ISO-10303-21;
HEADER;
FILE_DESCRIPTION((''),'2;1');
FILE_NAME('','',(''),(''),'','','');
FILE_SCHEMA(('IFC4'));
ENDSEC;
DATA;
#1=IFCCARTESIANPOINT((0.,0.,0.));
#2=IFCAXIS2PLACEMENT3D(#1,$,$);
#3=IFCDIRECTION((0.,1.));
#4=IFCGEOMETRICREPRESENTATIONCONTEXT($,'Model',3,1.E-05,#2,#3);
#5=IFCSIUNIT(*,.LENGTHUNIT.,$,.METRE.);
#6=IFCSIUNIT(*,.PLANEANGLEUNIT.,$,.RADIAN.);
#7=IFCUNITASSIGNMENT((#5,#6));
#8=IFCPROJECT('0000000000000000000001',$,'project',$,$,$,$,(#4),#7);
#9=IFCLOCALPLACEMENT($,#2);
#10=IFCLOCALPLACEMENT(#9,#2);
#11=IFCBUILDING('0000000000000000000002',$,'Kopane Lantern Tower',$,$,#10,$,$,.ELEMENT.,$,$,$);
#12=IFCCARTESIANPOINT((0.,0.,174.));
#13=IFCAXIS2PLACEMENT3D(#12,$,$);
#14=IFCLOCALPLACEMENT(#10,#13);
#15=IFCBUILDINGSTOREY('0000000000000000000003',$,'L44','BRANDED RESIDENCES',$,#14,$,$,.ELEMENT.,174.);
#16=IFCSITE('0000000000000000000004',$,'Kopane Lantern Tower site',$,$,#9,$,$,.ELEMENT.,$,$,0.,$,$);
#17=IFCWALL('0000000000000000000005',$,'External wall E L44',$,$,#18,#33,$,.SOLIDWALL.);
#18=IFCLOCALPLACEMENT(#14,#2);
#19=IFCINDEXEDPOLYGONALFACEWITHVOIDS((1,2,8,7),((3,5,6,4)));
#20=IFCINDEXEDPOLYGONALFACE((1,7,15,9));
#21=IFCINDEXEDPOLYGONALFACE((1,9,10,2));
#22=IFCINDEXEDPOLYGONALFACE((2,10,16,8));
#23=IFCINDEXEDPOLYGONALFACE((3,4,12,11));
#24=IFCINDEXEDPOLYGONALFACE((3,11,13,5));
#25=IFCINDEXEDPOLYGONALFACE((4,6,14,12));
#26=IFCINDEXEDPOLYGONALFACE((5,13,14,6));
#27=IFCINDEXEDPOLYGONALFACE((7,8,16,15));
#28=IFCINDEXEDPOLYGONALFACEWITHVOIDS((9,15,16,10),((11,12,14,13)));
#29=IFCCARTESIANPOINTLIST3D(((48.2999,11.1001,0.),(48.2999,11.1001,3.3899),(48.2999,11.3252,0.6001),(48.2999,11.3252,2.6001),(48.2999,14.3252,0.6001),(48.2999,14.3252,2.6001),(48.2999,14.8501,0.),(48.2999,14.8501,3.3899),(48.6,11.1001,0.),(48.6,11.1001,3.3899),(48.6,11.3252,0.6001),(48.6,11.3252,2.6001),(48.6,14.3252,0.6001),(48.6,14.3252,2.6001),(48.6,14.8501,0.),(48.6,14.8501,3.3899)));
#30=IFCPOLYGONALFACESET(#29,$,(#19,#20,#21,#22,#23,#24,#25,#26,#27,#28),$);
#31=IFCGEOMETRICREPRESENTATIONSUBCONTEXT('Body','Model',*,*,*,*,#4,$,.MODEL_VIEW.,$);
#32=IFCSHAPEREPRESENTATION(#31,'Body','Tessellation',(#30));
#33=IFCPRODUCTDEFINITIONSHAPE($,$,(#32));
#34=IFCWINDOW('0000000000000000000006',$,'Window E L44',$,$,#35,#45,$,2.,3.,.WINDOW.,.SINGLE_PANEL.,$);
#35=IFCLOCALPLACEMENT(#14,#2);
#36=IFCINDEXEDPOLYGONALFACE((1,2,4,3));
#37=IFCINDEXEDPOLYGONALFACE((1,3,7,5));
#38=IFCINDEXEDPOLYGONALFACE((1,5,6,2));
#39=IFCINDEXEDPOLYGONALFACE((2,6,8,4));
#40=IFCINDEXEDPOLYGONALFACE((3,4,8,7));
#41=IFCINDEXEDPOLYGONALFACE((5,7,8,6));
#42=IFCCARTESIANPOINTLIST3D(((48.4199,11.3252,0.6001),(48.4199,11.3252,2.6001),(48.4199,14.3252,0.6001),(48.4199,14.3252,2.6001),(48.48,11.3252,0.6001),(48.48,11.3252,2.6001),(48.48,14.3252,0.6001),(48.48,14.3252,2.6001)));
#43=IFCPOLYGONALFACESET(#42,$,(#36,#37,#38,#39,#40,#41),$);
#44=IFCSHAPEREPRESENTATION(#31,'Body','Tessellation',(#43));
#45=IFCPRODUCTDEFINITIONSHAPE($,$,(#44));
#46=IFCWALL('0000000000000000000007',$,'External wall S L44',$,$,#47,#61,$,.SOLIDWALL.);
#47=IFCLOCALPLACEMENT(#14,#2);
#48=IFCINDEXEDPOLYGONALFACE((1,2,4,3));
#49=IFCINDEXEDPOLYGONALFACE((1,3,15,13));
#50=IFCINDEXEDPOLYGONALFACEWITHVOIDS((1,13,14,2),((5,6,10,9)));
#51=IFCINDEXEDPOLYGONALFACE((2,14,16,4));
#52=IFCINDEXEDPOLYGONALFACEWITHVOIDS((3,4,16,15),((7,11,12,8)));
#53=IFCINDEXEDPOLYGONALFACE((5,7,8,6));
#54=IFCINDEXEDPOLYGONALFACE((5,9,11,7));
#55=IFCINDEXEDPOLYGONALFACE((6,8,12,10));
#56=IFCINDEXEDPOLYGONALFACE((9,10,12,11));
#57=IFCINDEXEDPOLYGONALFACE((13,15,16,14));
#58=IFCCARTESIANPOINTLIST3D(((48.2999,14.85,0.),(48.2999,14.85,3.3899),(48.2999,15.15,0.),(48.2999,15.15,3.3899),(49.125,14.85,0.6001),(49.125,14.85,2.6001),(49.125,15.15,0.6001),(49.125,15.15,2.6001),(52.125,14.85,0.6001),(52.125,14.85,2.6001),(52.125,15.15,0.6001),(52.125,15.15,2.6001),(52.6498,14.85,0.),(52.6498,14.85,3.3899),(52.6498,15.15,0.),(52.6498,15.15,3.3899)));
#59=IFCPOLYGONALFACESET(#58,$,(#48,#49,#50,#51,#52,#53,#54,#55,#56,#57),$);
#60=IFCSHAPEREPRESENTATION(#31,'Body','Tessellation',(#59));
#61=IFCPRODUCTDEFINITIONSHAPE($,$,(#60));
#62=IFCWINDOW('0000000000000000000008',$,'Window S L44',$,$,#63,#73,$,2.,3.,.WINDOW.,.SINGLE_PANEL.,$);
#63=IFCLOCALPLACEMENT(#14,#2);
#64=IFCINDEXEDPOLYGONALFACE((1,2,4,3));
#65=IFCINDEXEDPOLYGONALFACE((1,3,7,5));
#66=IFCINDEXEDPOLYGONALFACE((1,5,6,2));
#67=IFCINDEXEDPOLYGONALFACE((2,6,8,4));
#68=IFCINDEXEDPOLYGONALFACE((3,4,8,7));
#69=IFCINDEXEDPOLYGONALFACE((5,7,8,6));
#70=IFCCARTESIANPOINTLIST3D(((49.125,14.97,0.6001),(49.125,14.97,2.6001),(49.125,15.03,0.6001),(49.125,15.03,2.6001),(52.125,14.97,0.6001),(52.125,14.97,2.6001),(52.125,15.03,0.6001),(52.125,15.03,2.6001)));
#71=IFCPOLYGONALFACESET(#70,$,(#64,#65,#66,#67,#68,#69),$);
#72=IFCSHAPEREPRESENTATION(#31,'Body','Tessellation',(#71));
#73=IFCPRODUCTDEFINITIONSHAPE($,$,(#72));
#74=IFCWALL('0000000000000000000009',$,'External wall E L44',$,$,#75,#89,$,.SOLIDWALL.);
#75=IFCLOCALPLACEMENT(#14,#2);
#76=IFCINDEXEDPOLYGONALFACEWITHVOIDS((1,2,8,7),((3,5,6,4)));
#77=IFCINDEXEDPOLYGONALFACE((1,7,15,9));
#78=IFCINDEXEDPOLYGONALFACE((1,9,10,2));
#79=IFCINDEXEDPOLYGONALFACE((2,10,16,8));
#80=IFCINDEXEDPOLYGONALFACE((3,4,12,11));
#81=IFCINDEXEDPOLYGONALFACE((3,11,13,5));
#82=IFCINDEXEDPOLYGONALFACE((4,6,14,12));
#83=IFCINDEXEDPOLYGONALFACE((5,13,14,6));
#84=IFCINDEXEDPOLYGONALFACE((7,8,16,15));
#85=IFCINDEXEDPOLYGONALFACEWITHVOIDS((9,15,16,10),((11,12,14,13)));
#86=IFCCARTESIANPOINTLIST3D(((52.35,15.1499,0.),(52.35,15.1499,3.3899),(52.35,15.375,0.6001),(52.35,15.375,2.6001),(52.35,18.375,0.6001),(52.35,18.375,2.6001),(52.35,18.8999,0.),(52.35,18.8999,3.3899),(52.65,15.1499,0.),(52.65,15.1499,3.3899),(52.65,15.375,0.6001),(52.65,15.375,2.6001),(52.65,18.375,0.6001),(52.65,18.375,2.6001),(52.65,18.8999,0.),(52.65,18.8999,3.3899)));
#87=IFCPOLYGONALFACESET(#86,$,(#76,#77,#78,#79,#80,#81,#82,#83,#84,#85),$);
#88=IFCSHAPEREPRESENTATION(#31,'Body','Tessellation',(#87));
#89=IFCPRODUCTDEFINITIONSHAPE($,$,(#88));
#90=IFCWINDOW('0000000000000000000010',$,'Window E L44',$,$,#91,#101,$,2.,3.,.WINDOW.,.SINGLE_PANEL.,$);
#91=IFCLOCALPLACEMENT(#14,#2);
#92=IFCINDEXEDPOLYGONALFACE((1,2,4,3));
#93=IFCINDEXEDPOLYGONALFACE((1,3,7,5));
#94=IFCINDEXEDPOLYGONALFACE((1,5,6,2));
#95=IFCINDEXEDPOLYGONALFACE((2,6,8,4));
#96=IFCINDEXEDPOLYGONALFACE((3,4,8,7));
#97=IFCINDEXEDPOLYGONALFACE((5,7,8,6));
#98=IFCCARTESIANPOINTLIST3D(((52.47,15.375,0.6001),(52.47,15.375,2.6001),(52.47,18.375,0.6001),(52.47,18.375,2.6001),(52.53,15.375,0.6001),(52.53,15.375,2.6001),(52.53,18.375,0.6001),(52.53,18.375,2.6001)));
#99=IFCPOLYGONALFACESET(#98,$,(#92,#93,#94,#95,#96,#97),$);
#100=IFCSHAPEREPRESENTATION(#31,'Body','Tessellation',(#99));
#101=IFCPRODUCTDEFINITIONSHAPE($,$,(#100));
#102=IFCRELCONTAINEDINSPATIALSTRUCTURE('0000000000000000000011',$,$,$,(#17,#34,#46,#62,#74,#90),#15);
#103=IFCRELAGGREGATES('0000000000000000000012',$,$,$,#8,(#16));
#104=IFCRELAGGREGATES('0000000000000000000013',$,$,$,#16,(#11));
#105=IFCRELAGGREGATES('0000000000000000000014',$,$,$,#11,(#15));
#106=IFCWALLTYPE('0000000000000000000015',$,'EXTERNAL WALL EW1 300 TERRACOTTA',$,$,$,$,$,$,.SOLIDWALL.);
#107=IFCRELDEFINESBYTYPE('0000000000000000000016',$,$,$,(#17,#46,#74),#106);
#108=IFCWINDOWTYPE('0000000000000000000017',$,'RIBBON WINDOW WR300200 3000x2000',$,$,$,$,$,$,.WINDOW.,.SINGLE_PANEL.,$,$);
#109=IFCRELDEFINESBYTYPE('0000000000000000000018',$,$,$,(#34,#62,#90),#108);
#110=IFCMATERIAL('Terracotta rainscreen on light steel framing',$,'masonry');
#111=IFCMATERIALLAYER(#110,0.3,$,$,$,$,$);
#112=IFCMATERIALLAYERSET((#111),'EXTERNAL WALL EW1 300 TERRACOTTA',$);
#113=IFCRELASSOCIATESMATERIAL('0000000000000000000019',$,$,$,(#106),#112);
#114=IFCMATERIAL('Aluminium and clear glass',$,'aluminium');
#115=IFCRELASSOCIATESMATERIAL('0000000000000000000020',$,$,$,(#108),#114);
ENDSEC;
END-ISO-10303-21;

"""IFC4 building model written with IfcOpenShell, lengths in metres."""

from ifc_helpers import new_model, si_unit, direction, frame, frame_2d, origin, place, context, subcontext, project, spatial, rectangle, extrude, material, layer, layer_set, type_object, element, fill, save


model = new_model("IFC4")

# Units and contexts
model_context = context("Model", 3, precision=1e-05, world=origin(), true_north=direction((0.0, 1.0)))
body_context = subcontext(model_context, "Body", "Model", "MODEL_VIEW")
ifc_project = project(units=[si_unit("LENGTHUNIT", "METRE"), si_unit("PLANEANGLEUNIT", "RADIAN")], contexts=[model_context])

# Site, building, storey
site_placement = place(None, origin())
site = spatial("IfcSite", under=ifc_project, at=site_placement, Name="Kopane Lantern Tower site", CompositionType="ELEMENT", RefElevation=0.0)
building_placement = place(site_placement, origin())
building = spatial("IfcBuilding", under=site, at=building_placement, Name="Kopane Lantern Tower", CompositionType="ELEMENT")
storey_placement = place(building_placement, frame((0.0, 0.0, 174.0)))
storey = spatial("IfcBuildingStorey", under=building, at=storey_placement, Name="L44", Description="BRANDED RESIDENCES", CompositionType="ELEMENT", Elevation=174.0)

# Walls, openings, windows
ifc_material_1 = material(Name="Terracotta rainscreen on light steel framing", Category="masonry")
ifc_layer_1 = layer(ifc_material_1, 0.3)
ifc_layer_set_1 = layer_set([ifc_layer_1], Name="EXTERNAL WALL EW1 300 TERRACOTTA")
wall_type_1 = type_object("IfcWallType", Name="EXTERNAL WALL EW1 300 TERRACOTTA", PredefinedType="SOLIDWALL", material=ifc_layer_set_1)
wall_1_placement = place(storey_placement, frame((48.45, 11.1001, 0.0), z_axis=(0.0, 0.0, 1.0), x_axis=(0.0, 1.0, 0.0)))
wall_1 = element("IfcWall", 1, at=wall_1_placement, inside=storey, type_object=wall_type_1, Name="External wall E L44", PredefinedType="SOLIDWALL", context=body_context, shape_type="SweptSolid", body=[
    extrude(rectangle(XDim=3.75, YDim=0.3, at=frame_2d((1.875, 0.0))), origin(), (0.0, 0.0, 1.0), 3.3899),
])
opening_1_placement = place(wall_1_placement, frame((0.2251, 0.0, 0.6001)))
opening_1 = element("IfcOpeningElement", 2, at=opening_1_placement, cuts=wall_1, PredefinedType="OPENING", context=body_context, shape_type="SweptSolid", body=[
    extrude(rectangle(XDim=3.0, YDim=2.0, at=frame_2d((1.5, 1.0))), frame((0.0, 0.1599, 0.0), z_axis=(0.0, -1.0, 0.0), x_axis=(1.0, 0.0, 0.0)), (0.0, 0.0, 1.0), 0.3201),
])
ifc_material_2 = material(Name="Aluminium and clear glass", Category="aluminium")
window_type = type_object("IfcWindowType", Name="RIBBON WINDOW WR300200 3000x2000", PartitioningType="SINGLE_PANEL", PredefinedType="WINDOW", material=ifc_material_2)
window_1_placement = place(opening_1_placement, origin())
window_1 = element("IfcWindow", 3, at=window_1_placement, inside=storey, type_object=window_type, Name="Window E L44", OverallHeight=2.0, OverallWidth=3.0, PartitioningType="SINGLE_PANEL", PredefinedType="WINDOW", context=body_context, shape_type="SweptSolid", body=[
    extrude(rectangle(XDim=3.0, YDim=2.0, at=frame_2d((1.5, 1.0))), frame((0.0, 0.03, 0.0), z_axis=(0.0, -1.0, 0.0), x_axis=(1.0, 0.0, 0.0)), (0.0, 0.0, 1.0), 0.0601),
])
fill(opening_1, window_1)
wall_2_placement = place(storey_placement, frame((48.3, 15.0, 0.0), z_axis=(0.0, 0.0, 1.0), x_axis=(1.0, 0.0, 0.0)))
wall_2 = element("IfcWall", 4, at=wall_2_placement, inside=storey, type_object=wall_type_1, Name="External wall S L44", PredefinedType="SOLIDWALL", context=body_context, shape_type="SweptSolid", body=[
    extrude(rectangle(XDim=4.3499, YDim=0.3, at=frame_2d((2.1748, 0.0))), origin(), (0.0, 0.0, 1.0), 3.3899),
])
opening_2_placement = place(wall_2_placement, frame((0.825, 0.0, 0.6001)))
opening_2 = element("IfcOpeningElement", 5, at=opening_2_placement, cuts=wall_2, PredefinedType="OPENING", context=body_context, shape_type="SweptSolid", body=[
    extrude(rectangle(XDim=3.0, YDim=2.0, at=frame_2d((1.5, 1.0))), frame((0.0, 0.1599, 0.0), z_axis=(0.0, -1.0, 0.0), x_axis=(1.0, 0.0, 0.0)), (0.0, 0.0, 1.0), 0.3201),
])
window_2_placement = place(opening_2_placement, origin())
window_2 = element("IfcWindow", 6, at=window_2_placement, inside=storey, type_object=window_type, Name="Window S L44", OverallHeight=2.0, OverallWidth=3.0, PartitioningType="SINGLE_PANEL", PredefinedType="WINDOW", context=body_context, shape_type="SweptSolid", body=[
    extrude(rectangle(XDim=3.0, YDim=2.0, at=frame_2d((1.5, 1.0))), frame((0.0, 0.03, 0.0), z_axis=(0.0, -1.0, 0.0), x_axis=(1.0, 0.0, 0.0)), (0.0, 0.0, 1.0), 0.0601),
])
fill(opening_2, window_2)
wall_3_placement = place(storey_placement, frame((52.5, 15.1499, 0.0), z_axis=(0.0, 0.0, 1.0), x_axis=(0.0, 1.0, 0.0)))
wall_3 = element("IfcWall", 7, at=wall_3_placement, inside=storey, type_object=wall_type_1, Name="External wall E L44", PredefinedType="SOLIDWALL", context=body_context, shape_type="SweptSolid", body=[
    extrude(rectangle(XDim=3.75, YDim=0.3, at=frame_2d((1.875, 0.0))), origin(), (0.0, 0.0, 1.0), 3.3899),
])
opening_3_placement = place(wall_3_placement, frame((0.2251, 0.0, 0.6001)))
opening_3 = element("IfcOpeningElement", 8, at=opening_3_placement, cuts=wall_3, PredefinedType="OPENING", context=body_context, shape_type="SweptSolid", body=[
    extrude(rectangle(XDim=3.0, YDim=2.0, at=frame_2d((1.5, 1.0))), frame((0.0, 0.1599, 0.0), z_axis=(0.0, -1.0, 0.0), x_axis=(1.0, 0.0, 0.0)), (0.0, 0.0, 1.0), 0.3201),
])
window_3_placement = place(opening_3_placement, origin())
window_3 = element("IfcWindow", 9, at=window_3_placement, inside=storey, type_object=window_type, Name="Window E L44", OverallHeight=2.0, OverallWidth=3.0, PartitioningType="SINGLE_PANEL", PredefinedType="WINDOW", context=body_context, shape_type="SweptSolid", body=[
    extrude(rectangle(XDim=3.0, YDim=2.0, at=frame_2d((1.5, 1.0))), frame((0.0, 0.03, 0.0), z_axis=(0.0, -1.0, 0.0), x_axis=(1.0, 0.0, 0.0)), (0.0, 0.0, 1.0), 0.0601),
])
fill(opening_3, window_3)

save(model, "model.ifc")
